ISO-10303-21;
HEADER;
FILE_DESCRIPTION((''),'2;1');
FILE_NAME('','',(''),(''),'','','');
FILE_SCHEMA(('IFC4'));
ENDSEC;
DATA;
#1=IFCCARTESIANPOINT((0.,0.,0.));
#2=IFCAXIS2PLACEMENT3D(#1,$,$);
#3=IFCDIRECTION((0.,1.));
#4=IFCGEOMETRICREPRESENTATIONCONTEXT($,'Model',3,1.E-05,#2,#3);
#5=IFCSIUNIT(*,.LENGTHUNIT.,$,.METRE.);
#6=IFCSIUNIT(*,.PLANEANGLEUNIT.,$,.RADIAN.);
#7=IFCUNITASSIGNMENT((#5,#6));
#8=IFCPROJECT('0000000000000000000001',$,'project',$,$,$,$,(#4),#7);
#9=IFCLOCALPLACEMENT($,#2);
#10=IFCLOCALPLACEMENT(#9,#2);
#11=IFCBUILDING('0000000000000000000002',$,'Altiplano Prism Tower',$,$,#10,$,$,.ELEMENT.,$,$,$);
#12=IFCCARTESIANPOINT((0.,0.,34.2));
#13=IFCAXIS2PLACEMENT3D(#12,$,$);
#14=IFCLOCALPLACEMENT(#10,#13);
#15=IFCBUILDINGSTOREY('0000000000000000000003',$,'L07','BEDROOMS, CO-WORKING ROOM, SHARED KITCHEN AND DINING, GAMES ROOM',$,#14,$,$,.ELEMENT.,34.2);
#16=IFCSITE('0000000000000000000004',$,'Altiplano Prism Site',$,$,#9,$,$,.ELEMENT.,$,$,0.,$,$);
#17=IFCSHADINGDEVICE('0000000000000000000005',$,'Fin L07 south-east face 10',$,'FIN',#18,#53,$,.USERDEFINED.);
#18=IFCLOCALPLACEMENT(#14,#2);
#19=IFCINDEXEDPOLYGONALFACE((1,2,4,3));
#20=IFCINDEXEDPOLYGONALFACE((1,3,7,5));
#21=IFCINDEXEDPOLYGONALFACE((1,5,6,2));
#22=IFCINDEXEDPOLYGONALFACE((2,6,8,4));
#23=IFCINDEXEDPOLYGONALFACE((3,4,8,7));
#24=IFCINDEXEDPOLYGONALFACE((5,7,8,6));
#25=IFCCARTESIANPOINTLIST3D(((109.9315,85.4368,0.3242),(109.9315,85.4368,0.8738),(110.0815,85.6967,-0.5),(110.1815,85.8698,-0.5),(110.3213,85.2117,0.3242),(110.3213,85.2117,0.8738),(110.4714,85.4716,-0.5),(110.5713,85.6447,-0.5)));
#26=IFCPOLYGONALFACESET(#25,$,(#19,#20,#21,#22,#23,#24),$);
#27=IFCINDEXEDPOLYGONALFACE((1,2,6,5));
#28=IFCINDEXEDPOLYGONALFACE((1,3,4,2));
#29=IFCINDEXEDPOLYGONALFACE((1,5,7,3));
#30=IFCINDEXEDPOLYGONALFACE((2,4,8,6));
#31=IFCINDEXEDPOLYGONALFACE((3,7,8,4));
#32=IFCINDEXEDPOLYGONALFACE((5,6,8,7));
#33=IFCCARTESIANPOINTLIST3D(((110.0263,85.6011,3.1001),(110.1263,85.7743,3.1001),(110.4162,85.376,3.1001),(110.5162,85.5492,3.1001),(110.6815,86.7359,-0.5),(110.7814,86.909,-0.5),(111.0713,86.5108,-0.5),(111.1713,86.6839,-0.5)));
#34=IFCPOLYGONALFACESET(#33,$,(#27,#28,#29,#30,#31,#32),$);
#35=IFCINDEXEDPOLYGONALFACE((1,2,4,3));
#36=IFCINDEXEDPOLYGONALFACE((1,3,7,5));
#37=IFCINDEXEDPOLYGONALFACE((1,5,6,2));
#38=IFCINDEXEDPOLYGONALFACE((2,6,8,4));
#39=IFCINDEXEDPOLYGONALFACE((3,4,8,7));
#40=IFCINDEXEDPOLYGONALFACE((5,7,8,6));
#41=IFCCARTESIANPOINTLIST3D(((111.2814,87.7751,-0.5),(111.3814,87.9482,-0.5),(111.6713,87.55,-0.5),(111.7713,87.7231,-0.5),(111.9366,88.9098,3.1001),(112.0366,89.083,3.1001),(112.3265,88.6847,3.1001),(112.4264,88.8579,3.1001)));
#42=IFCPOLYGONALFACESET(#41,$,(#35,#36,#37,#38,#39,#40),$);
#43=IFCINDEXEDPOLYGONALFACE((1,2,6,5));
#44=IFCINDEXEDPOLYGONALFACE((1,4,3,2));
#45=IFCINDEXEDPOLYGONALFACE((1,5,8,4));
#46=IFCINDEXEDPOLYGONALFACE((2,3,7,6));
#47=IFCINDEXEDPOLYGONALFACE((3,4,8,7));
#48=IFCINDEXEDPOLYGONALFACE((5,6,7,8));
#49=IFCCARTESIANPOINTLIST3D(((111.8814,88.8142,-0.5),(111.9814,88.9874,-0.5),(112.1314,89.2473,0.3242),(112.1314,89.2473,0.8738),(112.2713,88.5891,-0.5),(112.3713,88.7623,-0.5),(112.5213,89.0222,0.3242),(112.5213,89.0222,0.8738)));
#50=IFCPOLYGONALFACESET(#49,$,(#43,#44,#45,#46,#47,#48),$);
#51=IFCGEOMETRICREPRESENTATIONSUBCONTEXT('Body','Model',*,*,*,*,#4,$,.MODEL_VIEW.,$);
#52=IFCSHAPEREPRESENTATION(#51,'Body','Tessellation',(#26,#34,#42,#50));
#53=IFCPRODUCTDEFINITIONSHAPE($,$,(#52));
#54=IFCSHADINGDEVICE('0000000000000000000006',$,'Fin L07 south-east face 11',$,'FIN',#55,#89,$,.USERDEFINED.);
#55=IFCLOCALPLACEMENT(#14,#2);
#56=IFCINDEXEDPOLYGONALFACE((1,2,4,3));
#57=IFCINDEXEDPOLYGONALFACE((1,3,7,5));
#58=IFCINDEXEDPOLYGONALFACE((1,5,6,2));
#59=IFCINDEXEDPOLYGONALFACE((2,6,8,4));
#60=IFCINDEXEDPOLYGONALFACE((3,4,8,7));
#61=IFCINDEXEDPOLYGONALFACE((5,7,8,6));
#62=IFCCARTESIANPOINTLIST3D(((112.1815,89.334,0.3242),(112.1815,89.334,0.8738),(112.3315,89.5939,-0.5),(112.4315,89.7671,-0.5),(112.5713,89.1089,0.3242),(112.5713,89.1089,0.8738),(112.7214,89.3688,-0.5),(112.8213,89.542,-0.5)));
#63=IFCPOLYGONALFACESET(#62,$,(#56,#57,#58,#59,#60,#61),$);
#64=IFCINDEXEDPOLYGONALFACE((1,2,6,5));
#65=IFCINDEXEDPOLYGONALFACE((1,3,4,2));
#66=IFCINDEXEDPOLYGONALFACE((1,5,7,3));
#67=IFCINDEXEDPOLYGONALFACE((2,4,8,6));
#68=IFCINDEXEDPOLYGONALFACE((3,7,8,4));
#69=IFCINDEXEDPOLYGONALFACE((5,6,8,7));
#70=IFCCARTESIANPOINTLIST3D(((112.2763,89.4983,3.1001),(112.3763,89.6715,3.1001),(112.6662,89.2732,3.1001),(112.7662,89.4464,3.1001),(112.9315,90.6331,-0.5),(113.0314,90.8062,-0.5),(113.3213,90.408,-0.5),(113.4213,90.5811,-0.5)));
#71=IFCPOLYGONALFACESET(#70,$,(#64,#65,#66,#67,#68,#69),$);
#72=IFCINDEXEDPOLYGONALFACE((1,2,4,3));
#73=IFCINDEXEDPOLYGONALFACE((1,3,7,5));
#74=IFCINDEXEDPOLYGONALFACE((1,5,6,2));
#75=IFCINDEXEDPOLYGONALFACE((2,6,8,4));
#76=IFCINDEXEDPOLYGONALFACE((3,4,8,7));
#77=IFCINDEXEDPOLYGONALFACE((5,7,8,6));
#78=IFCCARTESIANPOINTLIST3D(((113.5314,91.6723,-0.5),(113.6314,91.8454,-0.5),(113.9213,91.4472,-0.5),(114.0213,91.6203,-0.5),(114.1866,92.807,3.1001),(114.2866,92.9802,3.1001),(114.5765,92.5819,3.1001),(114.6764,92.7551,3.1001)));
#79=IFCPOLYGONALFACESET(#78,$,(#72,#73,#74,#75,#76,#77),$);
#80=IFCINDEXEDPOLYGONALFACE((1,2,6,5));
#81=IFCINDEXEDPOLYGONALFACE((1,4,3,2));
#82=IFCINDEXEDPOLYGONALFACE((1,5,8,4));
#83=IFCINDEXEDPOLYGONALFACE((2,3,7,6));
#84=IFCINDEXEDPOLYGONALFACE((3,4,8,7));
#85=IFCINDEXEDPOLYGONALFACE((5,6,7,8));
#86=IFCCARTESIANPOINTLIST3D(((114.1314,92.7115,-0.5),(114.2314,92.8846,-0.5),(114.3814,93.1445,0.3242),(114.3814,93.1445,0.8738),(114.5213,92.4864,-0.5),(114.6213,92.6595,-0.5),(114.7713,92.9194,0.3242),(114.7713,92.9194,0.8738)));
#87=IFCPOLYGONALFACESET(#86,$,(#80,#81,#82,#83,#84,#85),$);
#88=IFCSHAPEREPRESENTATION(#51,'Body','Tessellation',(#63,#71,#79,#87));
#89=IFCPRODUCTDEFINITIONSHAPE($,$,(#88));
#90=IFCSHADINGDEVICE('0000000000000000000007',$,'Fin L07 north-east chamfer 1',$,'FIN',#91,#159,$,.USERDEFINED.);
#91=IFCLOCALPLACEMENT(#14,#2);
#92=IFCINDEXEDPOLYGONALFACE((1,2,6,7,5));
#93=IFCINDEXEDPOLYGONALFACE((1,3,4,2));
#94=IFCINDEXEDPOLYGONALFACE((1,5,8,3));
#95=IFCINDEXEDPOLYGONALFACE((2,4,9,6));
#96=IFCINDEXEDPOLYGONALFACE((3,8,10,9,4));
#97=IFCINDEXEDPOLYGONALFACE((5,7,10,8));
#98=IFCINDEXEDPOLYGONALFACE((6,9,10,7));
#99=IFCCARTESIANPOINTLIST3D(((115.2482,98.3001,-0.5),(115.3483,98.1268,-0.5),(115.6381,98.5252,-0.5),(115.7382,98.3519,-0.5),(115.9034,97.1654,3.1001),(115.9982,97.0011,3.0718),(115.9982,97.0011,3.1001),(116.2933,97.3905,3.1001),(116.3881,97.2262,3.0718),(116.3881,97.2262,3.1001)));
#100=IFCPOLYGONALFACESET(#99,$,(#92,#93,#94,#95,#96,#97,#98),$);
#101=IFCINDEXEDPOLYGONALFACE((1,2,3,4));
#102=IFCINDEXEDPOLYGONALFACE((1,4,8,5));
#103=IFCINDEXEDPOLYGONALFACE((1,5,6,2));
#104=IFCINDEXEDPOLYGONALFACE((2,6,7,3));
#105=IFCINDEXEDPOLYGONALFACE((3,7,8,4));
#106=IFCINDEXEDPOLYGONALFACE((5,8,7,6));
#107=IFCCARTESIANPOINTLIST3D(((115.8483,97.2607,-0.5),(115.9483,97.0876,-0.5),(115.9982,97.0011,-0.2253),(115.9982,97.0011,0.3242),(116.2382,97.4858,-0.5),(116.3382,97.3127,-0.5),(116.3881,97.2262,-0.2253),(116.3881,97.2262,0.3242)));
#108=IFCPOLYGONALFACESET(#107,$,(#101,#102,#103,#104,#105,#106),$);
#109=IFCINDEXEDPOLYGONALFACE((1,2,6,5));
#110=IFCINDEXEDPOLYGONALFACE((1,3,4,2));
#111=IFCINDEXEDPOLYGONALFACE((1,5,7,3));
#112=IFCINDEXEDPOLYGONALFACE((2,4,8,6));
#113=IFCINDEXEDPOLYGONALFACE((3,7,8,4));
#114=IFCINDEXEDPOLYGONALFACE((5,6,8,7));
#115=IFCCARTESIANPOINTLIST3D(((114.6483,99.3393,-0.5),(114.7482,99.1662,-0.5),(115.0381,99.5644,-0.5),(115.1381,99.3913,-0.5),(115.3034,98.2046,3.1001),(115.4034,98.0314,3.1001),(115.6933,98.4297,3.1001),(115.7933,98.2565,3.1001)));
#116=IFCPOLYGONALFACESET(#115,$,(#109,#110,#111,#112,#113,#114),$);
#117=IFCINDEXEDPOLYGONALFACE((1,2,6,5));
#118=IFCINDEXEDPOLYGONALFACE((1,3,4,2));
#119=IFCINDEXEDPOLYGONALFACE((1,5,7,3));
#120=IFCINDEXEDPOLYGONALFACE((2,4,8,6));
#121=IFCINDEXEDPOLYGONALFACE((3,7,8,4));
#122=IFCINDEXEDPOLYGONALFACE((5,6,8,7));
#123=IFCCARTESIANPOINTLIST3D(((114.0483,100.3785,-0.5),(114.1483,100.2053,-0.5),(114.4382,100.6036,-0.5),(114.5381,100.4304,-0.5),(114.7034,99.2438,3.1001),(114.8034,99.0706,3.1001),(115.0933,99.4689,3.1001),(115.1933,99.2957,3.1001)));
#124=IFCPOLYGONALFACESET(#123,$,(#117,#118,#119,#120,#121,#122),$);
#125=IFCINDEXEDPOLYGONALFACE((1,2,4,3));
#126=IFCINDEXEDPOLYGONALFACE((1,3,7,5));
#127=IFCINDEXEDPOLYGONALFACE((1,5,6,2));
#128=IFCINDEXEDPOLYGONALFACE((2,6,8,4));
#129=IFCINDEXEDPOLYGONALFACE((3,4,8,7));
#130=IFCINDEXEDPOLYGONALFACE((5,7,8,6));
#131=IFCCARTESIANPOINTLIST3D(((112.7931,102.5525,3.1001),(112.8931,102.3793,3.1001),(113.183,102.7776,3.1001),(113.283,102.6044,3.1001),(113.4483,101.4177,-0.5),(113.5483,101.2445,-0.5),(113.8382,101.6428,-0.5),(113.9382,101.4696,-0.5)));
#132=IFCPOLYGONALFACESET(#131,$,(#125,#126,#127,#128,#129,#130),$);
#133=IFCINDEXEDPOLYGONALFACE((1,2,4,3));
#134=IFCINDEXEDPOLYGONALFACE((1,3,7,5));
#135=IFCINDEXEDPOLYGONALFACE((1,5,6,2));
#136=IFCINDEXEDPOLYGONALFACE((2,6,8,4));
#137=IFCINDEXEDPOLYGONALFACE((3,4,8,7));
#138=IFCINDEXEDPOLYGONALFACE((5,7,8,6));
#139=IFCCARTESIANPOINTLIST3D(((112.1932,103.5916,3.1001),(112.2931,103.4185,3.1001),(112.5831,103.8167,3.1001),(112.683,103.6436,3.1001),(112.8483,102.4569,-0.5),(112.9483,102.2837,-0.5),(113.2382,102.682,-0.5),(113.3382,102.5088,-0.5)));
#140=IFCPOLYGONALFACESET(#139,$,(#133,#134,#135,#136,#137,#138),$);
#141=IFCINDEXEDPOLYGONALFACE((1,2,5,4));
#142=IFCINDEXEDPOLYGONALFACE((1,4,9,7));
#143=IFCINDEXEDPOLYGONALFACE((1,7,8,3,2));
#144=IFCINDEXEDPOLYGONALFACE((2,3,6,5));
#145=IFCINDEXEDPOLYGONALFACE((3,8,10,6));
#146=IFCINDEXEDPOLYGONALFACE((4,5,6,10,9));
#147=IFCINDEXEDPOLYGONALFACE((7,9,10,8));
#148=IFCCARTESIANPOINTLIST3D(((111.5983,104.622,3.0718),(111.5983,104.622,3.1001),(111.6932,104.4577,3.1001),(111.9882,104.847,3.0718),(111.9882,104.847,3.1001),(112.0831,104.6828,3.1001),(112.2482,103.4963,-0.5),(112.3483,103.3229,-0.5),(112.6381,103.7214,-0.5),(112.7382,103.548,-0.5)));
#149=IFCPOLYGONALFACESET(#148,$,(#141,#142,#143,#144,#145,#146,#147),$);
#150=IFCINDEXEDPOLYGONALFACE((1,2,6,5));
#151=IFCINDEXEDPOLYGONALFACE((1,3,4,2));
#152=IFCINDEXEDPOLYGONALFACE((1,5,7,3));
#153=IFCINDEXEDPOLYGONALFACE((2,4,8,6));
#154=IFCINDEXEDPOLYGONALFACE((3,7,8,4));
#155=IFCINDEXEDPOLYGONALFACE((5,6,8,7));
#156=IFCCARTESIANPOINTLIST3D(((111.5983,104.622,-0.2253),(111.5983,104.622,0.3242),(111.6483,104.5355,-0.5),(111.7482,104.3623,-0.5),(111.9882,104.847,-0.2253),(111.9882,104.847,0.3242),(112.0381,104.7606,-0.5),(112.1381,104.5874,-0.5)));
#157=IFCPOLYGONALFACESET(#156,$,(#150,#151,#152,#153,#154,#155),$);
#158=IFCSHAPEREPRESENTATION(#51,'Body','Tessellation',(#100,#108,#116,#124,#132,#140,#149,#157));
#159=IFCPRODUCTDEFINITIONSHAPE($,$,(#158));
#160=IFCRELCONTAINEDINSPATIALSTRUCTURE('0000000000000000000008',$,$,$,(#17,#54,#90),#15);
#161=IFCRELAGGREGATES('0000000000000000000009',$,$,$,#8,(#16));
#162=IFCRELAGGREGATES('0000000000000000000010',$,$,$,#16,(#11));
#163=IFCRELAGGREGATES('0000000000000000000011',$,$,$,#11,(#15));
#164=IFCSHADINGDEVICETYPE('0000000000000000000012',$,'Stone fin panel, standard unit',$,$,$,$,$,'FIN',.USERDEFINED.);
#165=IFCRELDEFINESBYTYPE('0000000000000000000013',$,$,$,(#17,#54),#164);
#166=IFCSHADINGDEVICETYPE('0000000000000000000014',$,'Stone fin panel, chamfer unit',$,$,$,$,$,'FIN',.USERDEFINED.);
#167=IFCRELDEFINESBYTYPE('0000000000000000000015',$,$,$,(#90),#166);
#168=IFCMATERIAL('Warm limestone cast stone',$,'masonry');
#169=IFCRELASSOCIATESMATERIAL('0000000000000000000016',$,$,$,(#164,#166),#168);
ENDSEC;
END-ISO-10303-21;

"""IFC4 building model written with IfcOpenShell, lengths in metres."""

from ifc_helpers import new_model, si_unit, direction, frame, origin, place, context, subcontext, project, spatial, polyline, outline, extrude, source, transform, mapped, material, type_object, element, save


model = new_model("IFC4")

# Units and contexts
model_context = context("Model", 3, precision=1e-05, world=origin(), true_north=direction((0.0, 1.0)))
body_context = subcontext(model_context, "Body", "Model", "MODEL_VIEW")
ifc_project = project(units=[si_unit("LENGTHUNIT", "METRE"), si_unit("PLANEANGLEUNIT", "RADIAN")], contexts=[model_context])

# Site, building, storey
site_placement = place(None, origin())
site = spatial("IfcSite", under=ifc_project, at=site_placement, Name="Altiplano Prism Site", CompositionType="ELEMENT", RefElevation=0.0)
building_placement = place(site_placement, origin())
building = spatial("IfcBuilding", under=site, at=building_placement, Name="Altiplano Prism Tower", CompositionType="ELEMENT")
storey_placement = place(building_placement, frame((0.0, 0.0, 34.2)))
storey = spatial("IfcBuildingStorey", under=building, at=storey_placement, Name="L07", Description="BEDROOMS, CO-WORKING ROOM, SHARED KITCHEN AND DINING, GAMES ROOM", CompositionType="ELEMENT", Elevation=34.2)

# Shading devices
ifc_material_1 = material(Name="Warm limestone cast stone", Category="masonry")
shading_device_type_1 = type_object("IfcShadingDeviceType", Name="Stone fin panel, standard unit", ElementType="FIN", PredefinedType="USERDEFINED", material=ifc_material_1)
shared_shape_1 = source(origin(), body_context, "Body", "SweptSolid", [
    extrude(outline(polyline([(-2.2, 1.3738), (-2.2, 0.8242), (-1.8999, 0.0), (-1.7, 0.0), (-2.2, 1.3738)])), frame((0.0, -0.1499, 0.0), z_axis=(0.0, -1.0, 0.0), x_axis=(1.0, 0.0, 0.0)), (0.0, 0.0, 1.0), 0.4502),
    extrude(outline(polyline([(-2.0103, 3.6001), (-0.7, 0.0), (-0.5, 0.0), (-1.8103, 3.6001), (-2.0103, 3.6001)])), frame((0.0, -0.1499, 0.0), z_axis=(0.0, -1.0, 0.0), x_axis=(1.0, 0.0, 0.0)), (0.0, 0.0, 1.0), 0.4502),
    extrude(outline(polyline([(1.8103, 3.6001), (0.5, 0.0), (0.7, 0.0), (2.0103, 3.6001), (1.8103, 3.6001)])), frame((0.0, -0.1499, 0.0), z_axis=(0.0, -1.0, 0.0), x_axis=(1.0, 0.0, 0.0)), (0.0, 0.0, 1.0), 0.4502),
    extrude(outline(polyline([(2.2, 0.8242), (2.2, 1.3738), (1.7, 0.0), (1.8999, 0.0), (2.2, 0.8242)])), frame((0.0, -0.1499, 0.0), z_axis=(0.0, -1.0, 0.0), x_axis=(1.0, 0.0, 0.0)), (0.0, 0.0, 1.0), 0.4502),
])
shading_device_1_placement = place(storey_placement, origin())
element("IfcShadingDevice", 1, at=shading_device_1_placement, inside=storey, type_object=shading_device_type_1, Name="Fin L07 south-east face 10", ObjectType="FIN", PredefinedType="USERDEFINED", context=body_context, shape_type="MappedRepresentation", body=[
    mapped(shared_shape_1, transform((110.9016, 87.417, -0.5), x_axis=(0.5, 0.866025, 0.0), y_axis=(-0.866025, 0.5, 0.0), z_axis=(0.0, 0.0, 1.0))),
])
shading_device_2_placement = place(storey_placement, origin())
element("IfcShadingDevice", 2, at=shading_device_2_placement, inside=storey, type_object=shading_device_type_1, Name="Fin L07 south-east face 11", ObjectType="FIN", PredefinedType="USERDEFINED", context=body_context, shape_type="MappedRepresentation", body=[
    mapped(shared_shape_1, transform((113.1516, 91.3142, -0.5), x_axis=(0.5, 0.866025, 0.0), y_axis=(-0.866025, 0.5, 0.0), z_axis=(0.0, 0.0, 1.0))),
])
shading_device_type_2 = type_object("IfcShadingDeviceType", Name="Stone fin panel, chamfer unit", ElementType="FIN", PredefinedType="USERDEFINED", material=ifc_material_1)
shared_shape_2 = source(origin(), body_context, "Body", "SweptSolid", [
    extrude(outline(polyline([(-4.3999, 3.6001), (-4.3999, 3.5718), (-3.1001, 0.0), (-2.8999, 0.0), (-4.2102, 3.6001), (-4.3999, 3.6001)])), frame((0.0, -0.1499, 0.0), z_axis=(0.0, -1.0, 0.0), x_axis=(1.0, 0.0, 0.0)), (0.0, 0.0, 1.0), 0.4502),
    extrude(outline(polyline([(-4.3999, 0.8242), (-4.3999, 0.2747), (-4.3, 0.0), (-4.1001, 0.0), (-4.3999, 0.8242)])), frame((0.0, -0.1499, 0.0), z_axis=(0.0, -1.0, 0.0), x_axis=(1.0, 0.0, 0.0)), (0.0, 0.0, 1.0), 0.4502),
    extrude(outline(polyline([(-3.2102, 3.6001), (-1.8999, 0.0), (-1.7, 0.0), (-3.0103, 3.6001), (-3.2102, 3.6001)])), frame((0.0, -0.1499, 0.0), z_axis=(0.0, -1.0, 0.0), x_axis=(1.0, 0.0, 0.0)), (0.0, 0.0, 1.0), 0.4502),
    extrude(outline(polyline([(-2.0103, 3.6001), (-0.7, 0.0), (-0.5, 0.0), (-1.8103, 3.6001), (-2.0103, 3.6001)])), frame((0.0, -0.1499, 0.0), z_axis=(0.0, -1.0, 0.0), x_axis=(1.0, 0.0, 0.0)), (0.0, 0.0, 1.0), 0.4502),
    extrude(outline(polyline([(1.8103, 3.6001), (0.5, 0.0), (0.7, 0.0), (2.0103, 3.6001), (1.8103, 3.6001)])), frame((0.0, -0.1499, 0.0), z_axis=(0.0, -1.0, 0.0), x_axis=(1.0, 0.0, 0.0)), (0.0, 0.0, 1.0), 0.4502),
    extrude(outline(polyline([(3.0103, 3.6001), (1.7, 0.0), (1.8999, 0.0), (3.2102, 3.6001), (3.0103, 3.6001)])), frame((0.0, -0.1499, 0.0), z_axis=(0.0, -1.0, 0.0), x_axis=(1.0, 0.0, 0.0)), (0.0, 0.0, 1.0), 0.4502),
    extrude(outline(polyline([(4.2102, 3.6001), (2.8999, 0.0), (3.1001, 0.0), (4.3999, 3.5718), (4.3999, 3.6001), (4.2102, 3.6001)])), frame((0.0, -0.1499, 0.0), z_axis=(0.0, -1.0, 0.0), x_axis=(1.0, 0.0, 0.0)), (0.0, 0.0, 1.0), 0.4502),
    extrude(outline(polyline([(4.3999, 0.2747), (4.3999, 0.8242), (4.1001, 0.0), (4.3, 0.0), (4.3999, 0.2747)])), frame((0.0, -0.1499, 0.0), z_axis=(0.0, -1.0, 0.0), x_axis=(1.0, 0.0, 0.0)), (0.0, 0.0, 1.0), 0.4502),
])
shading_device_3_placement = place(storey_placement, origin())
element("IfcShadingDevice", 3, at=shading_device_3_placement, inside=storey, type_object=shading_device_type_2, Name="Fin L07 north-east chamfer 1", ObjectType="FIN", PredefinedType="USERDEFINED", context=body_context, shape_type="MappedRepresentation", body=[
    mapped(shared_shape_2, transform((113.6685, 100.7366, -0.5), x_axis=(-0.5, 0.866025, 0.0), y_axis=(-0.866025, -0.5, 0.0), z_axis=(0.0, 0.0, 1.0))),
])

save(model, "model.ifc")
